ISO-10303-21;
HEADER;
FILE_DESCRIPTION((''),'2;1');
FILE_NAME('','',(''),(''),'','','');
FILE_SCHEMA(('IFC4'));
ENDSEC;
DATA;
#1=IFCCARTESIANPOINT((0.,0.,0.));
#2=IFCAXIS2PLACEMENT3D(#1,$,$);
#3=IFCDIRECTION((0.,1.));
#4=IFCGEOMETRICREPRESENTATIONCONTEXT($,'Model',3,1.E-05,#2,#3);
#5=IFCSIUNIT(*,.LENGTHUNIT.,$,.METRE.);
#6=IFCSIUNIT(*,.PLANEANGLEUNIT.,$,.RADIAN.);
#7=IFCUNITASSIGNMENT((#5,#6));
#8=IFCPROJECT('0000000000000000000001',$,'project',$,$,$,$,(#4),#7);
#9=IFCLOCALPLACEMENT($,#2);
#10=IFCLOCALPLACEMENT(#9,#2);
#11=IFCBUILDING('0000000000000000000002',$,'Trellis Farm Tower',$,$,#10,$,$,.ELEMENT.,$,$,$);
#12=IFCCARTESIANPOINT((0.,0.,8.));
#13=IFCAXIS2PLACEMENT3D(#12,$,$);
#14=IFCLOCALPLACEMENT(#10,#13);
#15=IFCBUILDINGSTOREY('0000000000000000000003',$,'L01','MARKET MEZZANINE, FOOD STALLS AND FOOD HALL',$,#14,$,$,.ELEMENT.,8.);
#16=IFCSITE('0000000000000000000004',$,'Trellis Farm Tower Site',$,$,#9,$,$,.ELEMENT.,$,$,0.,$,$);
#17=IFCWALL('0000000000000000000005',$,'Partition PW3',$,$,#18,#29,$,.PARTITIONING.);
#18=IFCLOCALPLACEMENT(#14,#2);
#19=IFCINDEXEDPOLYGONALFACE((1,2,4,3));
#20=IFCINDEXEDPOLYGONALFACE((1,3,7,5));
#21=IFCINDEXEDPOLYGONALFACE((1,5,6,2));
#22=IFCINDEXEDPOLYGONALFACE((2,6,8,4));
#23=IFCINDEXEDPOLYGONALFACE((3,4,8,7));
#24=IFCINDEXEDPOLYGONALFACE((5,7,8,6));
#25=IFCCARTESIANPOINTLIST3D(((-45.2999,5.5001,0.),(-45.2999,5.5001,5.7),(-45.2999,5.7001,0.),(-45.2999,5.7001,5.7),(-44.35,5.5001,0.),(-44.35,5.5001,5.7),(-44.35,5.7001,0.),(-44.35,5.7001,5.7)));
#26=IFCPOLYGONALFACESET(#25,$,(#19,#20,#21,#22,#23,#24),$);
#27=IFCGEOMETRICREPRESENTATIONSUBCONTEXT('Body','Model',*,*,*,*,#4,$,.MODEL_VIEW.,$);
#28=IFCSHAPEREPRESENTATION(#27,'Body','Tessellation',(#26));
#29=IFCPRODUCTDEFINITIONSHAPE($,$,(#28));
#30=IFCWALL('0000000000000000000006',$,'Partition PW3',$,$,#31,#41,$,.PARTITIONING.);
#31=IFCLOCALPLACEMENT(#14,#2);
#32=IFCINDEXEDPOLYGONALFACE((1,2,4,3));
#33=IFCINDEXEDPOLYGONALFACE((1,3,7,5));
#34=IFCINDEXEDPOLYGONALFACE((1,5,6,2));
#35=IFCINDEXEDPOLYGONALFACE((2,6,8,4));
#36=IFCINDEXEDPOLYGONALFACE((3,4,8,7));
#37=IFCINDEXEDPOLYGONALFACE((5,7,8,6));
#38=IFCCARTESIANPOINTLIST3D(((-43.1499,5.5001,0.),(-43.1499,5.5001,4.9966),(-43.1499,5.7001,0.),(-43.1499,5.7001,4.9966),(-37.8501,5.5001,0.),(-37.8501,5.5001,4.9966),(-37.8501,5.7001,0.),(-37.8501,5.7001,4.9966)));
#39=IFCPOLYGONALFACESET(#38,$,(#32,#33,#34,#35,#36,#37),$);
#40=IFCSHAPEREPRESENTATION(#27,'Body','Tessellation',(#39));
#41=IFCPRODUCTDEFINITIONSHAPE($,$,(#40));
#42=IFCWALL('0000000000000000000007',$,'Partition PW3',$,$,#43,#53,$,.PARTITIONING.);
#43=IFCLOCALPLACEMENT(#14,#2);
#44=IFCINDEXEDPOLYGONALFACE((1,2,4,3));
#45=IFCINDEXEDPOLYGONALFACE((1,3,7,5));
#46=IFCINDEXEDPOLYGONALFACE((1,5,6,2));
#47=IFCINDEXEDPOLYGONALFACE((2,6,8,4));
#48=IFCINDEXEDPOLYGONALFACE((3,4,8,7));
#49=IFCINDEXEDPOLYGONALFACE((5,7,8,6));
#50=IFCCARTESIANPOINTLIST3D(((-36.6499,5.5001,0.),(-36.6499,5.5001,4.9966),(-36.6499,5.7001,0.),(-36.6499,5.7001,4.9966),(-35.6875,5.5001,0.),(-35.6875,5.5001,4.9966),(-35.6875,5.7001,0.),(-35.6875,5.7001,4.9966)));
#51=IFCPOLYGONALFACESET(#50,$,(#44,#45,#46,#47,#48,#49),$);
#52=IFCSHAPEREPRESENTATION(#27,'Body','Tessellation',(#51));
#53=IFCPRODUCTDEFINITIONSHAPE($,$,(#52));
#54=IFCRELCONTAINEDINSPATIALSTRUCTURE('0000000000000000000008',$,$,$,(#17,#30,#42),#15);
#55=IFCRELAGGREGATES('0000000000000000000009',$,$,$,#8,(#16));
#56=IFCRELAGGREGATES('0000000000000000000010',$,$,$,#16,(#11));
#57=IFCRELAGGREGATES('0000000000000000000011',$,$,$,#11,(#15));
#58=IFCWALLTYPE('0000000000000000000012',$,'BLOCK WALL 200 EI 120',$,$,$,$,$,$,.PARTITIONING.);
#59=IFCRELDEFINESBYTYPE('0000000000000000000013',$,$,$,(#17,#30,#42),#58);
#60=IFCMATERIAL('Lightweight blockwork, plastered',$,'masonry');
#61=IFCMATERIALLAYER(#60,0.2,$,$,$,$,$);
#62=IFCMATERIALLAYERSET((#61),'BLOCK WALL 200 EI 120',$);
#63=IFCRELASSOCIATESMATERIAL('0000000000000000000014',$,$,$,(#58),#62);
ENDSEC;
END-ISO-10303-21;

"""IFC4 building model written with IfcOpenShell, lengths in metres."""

from ifc_helpers import new_model, si_unit, direction, frame, frame_2d, origin, place, context, subcontext, project, spatial, rectangle, extrude, source, transform, mapped, material, layer, layer_set, type_object, element, save


model = new_model("IFC4")

# Units and contexts
model_context = context("Model", 3, precision=1e-05, world=origin(), true_north=direction((0.0, 1.0)))
body_context = subcontext(model_context, "Body", "Model", "MODEL_VIEW")
ifc_project = project(units=[si_unit("LENGTHUNIT", "METRE"), si_unit("PLANEANGLEUNIT", "RADIAN")], contexts=[model_context])

# Site, building, storey
site_placement = place(None, origin())
site = spatial("IfcSite", under=ifc_project, at=site_placement, Name="Trellis Farm Tower Site", CompositionType="ELEMENT", RefElevation=0.0)
building_placement = place(site_placement, origin())
building = spatial("IfcBuilding", under=site, at=building_placement, Name="Trellis Farm Tower", CompositionType="ELEMENT")
storey_placement = place(building_placement, frame((0.0, 0.0, 8.0)))
storey = spatial("IfcBuildingStorey", under=building, at=storey_placement, Name="L01", Description="MARKET MEZZANINE, FOOD STALLS AND FOOD HALL", CompositionType="ELEMENT", Elevation=8.0)

# Walls
ifc_material_1 = material(Name="Lightweight blockwork, plastered", Category="masonry")
ifc_layer_1 = layer(ifc_material_1, 0.2)
ifc_layer_set_1 = layer_set([ifc_layer_1], Name="BLOCK WALL 200 EI 120")
wall_type_1 = type_object("IfcWallType", Name="BLOCK WALL 200 EI 120", PredefinedType="PARTITIONING", material=ifc_layer_set_1)
shared_shape_1 = source(origin(), body_context, "Body", "SweptSolid", [
    extrude(rectangle(XDim=0.95, YDim=0.2, at=frame_2d((0.4751, 0.0))), origin(), (0.0, 0.0, 1.0), 5.7),
])
wall_1_placement = place(storey_placement, frame((-45.3, 5.6001, 0.0), z_axis=(0.0, 0.0, 1.0), x_axis=(1.0, 0.0, 0.0)))
element("IfcWall", 1, at=wall_1_placement, inside=storey, type_object=wall_type_1, Name="Partition PW3", PredefinedType="PARTITIONING", context=body_context, shape_type="MappedRepresentation", body=[
    mapped(shared_shape_1, transform((0.0, 0.0, 0.0))),
])
shared_shape_2 = source(origin(), body_context, "Body", "SweptSolid", [
    extrude(rectangle(XDim=5.2998, YDim=0.2, at=frame_2d((2.6499, 0.0))), origin(), (0.0, 0.0, 1.0), 4.9966),
])
wall_2_placement = place(storey_placement, frame((-43.1499, 5.6001, 0.0), z_axis=(0.0, 0.0, 1.0), x_axis=(1.0, 0.0, 0.0)))
element("IfcWall", 2, at=wall_2_placement, inside=storey, type_object=wall_type_1, Name="Partition PW3", PredefinedType="PARTITIONING", context=body_context, shape_type="MappedRepresentation", body=[
    mapped(shared_shape_2, transform((0.0, 0.0, 0.0))),
])
shared_shape_3 = source(origin(), body_context, "Body", "SweptSolid", [
    extrude(rectangle(XDim=0.9624, YDim=0.2, at=frame_2d((0.4812, 0.0))), origin(), (0.0, 0.0, 1.0), 4.9966),
])
wall_3_placement = place(storey_placement, frame((-36.6499, 5.6001, 0.0), z_axis=(0.0, 0.0, 1.0), x_axis=(1.0, 0.0, 0.0)))
element("IfcWall", 3, at=wall_3_placement, inside=storey, type_object=wall_type_1, Name="Partition PW3", PredefinedType="PARTITIONING", context=body_context, shape_type="MappedRepresentation", body=[
    mapped(shared_shape_3, transform((0.0, 0.0, 0.0))),
])

save(model, "model.ifc")
